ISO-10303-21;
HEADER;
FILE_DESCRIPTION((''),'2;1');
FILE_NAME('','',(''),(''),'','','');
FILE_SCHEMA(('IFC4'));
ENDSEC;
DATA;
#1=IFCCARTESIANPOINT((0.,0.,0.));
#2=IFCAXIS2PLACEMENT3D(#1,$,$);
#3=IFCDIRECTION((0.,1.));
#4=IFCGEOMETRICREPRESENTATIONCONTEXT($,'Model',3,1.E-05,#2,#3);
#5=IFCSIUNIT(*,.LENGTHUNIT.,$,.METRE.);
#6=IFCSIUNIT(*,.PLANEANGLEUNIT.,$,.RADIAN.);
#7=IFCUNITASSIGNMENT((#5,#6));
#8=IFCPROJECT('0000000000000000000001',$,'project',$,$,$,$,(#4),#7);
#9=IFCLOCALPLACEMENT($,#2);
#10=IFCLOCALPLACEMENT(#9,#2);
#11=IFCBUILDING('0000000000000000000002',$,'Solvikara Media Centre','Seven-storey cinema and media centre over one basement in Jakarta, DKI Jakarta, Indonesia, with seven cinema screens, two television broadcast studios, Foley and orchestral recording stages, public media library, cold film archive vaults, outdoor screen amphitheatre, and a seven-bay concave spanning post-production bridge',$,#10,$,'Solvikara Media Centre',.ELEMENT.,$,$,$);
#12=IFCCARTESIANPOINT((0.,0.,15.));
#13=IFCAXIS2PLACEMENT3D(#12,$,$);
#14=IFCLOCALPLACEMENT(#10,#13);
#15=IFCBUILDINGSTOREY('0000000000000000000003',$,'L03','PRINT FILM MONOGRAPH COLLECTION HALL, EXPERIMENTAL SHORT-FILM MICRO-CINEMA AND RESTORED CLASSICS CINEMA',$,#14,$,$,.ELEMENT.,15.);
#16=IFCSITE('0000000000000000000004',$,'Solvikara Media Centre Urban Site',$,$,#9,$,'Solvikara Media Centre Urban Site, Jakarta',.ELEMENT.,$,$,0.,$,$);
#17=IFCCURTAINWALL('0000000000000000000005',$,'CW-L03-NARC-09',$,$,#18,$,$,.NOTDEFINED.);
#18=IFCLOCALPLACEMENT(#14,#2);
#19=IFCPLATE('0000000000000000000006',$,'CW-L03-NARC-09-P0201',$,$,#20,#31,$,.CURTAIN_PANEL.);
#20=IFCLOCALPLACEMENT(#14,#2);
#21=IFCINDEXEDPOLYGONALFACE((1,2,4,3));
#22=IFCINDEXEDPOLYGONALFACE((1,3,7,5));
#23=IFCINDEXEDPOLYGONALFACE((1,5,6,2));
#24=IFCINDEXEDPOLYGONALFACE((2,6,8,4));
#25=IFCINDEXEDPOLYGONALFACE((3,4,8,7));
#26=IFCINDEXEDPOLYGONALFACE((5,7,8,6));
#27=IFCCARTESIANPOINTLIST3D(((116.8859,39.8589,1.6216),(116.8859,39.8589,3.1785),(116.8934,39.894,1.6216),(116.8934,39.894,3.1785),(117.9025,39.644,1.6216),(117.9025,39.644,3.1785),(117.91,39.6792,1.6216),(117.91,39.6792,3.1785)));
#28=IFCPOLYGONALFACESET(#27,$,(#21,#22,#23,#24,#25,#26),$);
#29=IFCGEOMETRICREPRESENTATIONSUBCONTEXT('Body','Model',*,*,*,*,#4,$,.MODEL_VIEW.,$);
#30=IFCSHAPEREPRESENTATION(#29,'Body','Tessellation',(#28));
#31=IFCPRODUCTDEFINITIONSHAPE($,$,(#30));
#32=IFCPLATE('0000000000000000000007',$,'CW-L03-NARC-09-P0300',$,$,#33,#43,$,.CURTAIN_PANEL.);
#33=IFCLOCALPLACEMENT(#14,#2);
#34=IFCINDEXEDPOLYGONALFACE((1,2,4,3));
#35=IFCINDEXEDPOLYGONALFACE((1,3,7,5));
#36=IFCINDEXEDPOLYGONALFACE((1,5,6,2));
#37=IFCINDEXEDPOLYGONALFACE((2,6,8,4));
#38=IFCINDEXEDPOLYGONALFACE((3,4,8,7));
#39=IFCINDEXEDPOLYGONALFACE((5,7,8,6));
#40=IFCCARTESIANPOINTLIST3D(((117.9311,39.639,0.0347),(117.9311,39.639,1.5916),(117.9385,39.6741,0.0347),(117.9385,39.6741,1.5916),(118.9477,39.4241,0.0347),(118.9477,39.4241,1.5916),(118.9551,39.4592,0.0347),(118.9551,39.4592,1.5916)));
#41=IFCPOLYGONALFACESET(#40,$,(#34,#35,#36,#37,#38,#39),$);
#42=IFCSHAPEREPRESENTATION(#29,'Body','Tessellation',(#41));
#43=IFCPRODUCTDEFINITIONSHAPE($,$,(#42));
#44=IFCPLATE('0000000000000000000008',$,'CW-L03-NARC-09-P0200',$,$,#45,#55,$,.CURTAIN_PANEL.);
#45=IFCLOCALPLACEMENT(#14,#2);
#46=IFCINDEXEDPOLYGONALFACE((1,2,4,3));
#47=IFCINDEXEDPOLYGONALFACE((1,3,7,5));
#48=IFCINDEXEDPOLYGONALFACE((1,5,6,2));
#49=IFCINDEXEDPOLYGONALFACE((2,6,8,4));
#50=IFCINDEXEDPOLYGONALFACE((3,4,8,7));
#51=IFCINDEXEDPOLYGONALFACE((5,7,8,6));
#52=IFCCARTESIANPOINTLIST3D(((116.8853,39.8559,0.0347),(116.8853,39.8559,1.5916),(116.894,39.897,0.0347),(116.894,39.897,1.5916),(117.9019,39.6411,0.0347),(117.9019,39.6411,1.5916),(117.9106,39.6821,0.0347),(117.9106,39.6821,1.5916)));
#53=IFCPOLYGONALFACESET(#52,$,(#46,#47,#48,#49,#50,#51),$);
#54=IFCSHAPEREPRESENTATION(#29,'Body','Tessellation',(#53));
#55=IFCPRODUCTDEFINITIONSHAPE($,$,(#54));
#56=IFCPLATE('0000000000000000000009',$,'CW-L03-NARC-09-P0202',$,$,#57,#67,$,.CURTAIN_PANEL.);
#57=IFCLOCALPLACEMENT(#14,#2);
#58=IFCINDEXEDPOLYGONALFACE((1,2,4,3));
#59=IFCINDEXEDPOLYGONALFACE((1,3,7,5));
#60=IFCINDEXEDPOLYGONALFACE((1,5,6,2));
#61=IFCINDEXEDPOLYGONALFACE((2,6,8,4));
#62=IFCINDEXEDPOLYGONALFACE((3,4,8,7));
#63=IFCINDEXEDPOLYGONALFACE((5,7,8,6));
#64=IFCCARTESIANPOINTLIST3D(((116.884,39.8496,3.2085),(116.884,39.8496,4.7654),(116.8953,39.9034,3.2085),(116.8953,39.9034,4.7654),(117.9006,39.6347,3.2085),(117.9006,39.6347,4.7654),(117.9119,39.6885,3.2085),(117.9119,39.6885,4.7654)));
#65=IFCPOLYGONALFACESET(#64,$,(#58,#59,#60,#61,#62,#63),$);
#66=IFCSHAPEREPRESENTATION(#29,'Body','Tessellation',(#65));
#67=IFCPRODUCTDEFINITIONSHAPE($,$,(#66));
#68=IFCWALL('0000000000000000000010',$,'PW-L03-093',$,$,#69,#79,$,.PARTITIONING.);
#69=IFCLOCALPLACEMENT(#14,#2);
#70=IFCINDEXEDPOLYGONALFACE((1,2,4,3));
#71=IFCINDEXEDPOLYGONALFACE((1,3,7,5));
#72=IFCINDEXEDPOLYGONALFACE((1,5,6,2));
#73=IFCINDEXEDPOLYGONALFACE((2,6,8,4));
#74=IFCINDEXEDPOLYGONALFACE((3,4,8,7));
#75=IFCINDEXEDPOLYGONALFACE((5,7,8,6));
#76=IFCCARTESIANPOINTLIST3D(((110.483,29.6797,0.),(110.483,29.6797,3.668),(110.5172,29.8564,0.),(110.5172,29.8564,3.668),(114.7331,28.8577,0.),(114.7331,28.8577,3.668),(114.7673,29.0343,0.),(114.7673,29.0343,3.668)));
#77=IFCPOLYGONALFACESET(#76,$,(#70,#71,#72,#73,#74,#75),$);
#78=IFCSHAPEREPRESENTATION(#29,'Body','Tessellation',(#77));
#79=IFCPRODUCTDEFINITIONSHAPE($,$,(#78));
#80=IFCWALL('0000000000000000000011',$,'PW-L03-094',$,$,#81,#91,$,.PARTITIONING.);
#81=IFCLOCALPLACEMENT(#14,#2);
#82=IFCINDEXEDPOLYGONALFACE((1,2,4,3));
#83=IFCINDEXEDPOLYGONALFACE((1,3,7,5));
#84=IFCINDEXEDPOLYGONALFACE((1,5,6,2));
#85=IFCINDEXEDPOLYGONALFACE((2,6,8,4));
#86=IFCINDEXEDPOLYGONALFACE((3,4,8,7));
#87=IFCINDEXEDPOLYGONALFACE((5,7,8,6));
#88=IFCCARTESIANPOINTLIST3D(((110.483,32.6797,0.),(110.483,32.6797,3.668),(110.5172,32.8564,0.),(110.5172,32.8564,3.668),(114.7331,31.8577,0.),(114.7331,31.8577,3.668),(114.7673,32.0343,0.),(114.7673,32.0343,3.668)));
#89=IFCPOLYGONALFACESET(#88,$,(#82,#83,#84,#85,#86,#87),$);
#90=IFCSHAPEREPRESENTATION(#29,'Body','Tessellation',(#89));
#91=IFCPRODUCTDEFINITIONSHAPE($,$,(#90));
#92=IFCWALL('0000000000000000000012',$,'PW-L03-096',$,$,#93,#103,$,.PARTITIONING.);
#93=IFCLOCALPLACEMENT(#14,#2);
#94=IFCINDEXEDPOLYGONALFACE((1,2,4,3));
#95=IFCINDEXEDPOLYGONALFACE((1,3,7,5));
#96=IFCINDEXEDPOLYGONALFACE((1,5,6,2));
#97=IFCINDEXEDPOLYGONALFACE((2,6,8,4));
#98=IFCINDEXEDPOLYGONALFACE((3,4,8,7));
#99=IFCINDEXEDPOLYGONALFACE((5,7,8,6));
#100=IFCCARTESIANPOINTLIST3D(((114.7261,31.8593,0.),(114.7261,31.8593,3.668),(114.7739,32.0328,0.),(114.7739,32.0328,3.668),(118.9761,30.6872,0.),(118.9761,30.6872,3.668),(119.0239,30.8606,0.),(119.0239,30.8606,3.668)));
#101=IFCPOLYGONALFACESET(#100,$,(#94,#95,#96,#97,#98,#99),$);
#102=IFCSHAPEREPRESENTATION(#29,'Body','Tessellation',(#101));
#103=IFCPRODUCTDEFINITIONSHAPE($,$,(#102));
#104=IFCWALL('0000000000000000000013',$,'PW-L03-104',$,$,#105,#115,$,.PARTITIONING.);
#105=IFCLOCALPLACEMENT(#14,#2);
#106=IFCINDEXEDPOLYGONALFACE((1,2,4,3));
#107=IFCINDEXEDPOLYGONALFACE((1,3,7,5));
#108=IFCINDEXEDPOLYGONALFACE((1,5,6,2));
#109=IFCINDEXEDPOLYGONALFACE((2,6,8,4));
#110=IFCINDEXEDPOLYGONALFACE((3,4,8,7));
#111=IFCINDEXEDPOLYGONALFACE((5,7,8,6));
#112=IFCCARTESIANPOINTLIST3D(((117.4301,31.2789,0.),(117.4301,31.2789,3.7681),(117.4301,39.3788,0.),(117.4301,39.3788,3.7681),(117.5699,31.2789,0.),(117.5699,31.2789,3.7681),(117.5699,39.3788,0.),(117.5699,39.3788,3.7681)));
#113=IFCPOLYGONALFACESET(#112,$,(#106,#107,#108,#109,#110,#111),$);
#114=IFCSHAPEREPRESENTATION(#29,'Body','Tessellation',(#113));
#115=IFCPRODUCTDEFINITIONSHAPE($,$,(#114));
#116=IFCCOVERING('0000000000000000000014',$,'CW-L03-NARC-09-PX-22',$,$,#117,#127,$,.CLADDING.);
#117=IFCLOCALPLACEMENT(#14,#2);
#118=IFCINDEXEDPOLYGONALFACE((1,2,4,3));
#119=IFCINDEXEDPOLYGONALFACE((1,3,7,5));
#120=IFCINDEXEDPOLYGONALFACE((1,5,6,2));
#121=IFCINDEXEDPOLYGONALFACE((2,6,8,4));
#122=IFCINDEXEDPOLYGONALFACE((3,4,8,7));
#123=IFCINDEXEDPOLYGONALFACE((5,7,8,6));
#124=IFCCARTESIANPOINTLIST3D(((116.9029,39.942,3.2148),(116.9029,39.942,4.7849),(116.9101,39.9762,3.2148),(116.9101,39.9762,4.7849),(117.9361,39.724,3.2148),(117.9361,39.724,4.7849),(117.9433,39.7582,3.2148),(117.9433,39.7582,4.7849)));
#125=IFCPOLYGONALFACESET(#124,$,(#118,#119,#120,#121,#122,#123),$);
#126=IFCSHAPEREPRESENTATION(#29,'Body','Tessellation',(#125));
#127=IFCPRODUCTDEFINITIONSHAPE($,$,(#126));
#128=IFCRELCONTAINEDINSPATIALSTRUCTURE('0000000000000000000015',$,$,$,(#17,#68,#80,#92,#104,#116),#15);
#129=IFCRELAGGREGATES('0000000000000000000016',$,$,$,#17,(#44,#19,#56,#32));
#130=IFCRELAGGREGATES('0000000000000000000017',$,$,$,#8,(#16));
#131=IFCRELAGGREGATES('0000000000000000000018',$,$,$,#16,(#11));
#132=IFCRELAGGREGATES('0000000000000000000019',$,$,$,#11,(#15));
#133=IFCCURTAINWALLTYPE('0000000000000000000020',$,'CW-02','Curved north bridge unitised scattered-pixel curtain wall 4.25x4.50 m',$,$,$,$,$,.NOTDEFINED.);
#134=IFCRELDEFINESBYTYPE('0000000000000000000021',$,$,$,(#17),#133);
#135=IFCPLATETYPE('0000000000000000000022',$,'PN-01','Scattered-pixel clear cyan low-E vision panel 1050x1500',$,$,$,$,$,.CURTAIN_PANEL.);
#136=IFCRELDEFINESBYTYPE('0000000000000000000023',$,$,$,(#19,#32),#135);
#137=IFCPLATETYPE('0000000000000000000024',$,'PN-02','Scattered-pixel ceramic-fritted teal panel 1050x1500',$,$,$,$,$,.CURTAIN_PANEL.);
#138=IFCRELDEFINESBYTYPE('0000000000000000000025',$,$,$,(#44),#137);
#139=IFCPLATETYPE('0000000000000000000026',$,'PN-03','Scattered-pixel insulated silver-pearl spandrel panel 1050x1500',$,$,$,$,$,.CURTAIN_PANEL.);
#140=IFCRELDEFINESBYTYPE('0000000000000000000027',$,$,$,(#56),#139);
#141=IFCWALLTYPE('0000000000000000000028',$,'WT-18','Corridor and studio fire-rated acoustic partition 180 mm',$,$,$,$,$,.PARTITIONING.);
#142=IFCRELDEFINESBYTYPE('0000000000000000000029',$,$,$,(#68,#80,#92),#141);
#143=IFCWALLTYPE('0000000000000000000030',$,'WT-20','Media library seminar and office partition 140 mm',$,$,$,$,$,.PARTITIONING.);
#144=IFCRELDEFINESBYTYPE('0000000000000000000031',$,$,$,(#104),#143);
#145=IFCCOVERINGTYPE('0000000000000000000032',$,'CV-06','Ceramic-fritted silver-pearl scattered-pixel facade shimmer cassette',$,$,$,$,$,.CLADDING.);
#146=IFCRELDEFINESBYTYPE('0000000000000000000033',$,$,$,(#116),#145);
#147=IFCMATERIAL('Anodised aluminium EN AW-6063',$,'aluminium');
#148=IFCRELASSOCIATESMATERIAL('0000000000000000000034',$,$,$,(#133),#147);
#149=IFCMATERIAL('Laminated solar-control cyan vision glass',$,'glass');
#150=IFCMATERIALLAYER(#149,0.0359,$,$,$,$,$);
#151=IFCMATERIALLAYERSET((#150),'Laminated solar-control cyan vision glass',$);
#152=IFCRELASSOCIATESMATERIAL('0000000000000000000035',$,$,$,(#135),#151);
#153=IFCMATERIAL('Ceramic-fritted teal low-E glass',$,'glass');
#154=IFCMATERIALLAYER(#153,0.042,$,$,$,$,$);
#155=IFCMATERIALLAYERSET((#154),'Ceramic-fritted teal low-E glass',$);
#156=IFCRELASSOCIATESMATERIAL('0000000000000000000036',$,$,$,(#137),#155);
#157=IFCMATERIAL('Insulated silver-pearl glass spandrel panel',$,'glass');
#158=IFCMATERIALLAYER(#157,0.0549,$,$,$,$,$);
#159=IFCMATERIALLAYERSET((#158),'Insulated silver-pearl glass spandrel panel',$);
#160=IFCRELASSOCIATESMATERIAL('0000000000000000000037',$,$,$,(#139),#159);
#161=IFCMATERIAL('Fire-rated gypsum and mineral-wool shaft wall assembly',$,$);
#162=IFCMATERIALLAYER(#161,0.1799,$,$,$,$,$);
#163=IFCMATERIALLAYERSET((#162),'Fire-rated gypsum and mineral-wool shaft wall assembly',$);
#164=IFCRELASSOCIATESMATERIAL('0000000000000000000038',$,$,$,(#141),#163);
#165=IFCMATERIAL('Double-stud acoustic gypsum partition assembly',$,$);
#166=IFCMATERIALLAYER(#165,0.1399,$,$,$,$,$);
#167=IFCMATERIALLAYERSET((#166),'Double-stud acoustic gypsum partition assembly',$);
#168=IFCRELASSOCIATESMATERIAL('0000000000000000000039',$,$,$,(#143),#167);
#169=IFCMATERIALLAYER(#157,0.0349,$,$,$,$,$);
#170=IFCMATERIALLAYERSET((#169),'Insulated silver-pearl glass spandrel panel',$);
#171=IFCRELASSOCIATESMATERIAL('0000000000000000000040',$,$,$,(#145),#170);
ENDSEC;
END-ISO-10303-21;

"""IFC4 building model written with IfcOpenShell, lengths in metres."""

from ifc_helpers import new_model, si_unit, direction, frame, frame_2d, origin, origin_2d, place, context, subcontext, project, spatial, rectangle, extrude, material, layer, layer_set, type_object, element, aggregate, save


model = new_model("IFC4")

# Units and contexts
model_context = context("Model", 3, precision=1e-05, world=origin(), true_north=direction((0.0, 1.0)))
body_context = subcontext(model_context, "Body", "Model", "MODEL_VIEW")
ifc_project = project(units=[si_unit("LENGTHUNIT", "METRE"), si_unit("PLANEANGLEUNIT", "RADIAN")], contexts=[model_context])

# Site, building, storey
site_placement = place(None, origin())
site = spatial("IfcSite", under=ifc_project, at=site_placement, Name="Solvikara Media Centre Urban Site", LongName="Solvikara Media Centre Urban Site, Jakarta", CompositionType="ELEMENT", RefElevation=0.0)
building_placement = place(site_placement, origin())
building = spatial("IfcBuilding", under=site, at=building_placement, Name="Solvikara Media Centre", Description="Seven-storey cinema and media centre over one basement in Jakarta, DKI Jakarta, Indonesia, with seven cinema screens, two television broadcast studios, Foley and orchestral recording stages, public media library, cold film archive vaults, outdoor screen amphitheatre, and a seven-bay concave spanning post-production bridge", LongName="Solvikara Media Centre", CompositionType="ELEMENT")
storey_placement = place(building_placement, frame((0.0, 0.0, 15.0)))
storey = spatial("IfcBuildingStorey", under=building, at=storey_placement, Name="L03", Description="PRINT FILM MONOGRAPH COLLECTION HALL, EXPERIMENTAL SHORT-FILM MICRO-CINEMA AND RESTORED CLASSICS CINEMA", CompositionType="ELEMENT", Elevation=15.0)

# Curtain wall
ifc_material_1 = material(Name="Anodised aluminium EN AW-6063", Category="aluminium")
curtain_wall_type = type_object("IfcCurtainWallType", Name="CW-02", Description="Curved north bridge unitised scattered-pixel curtain wall 4.25x4.50 m", PredefinedType="NOTDEFINED", material=ifc_material_1)
curtain_wall_placement = place(storey_placement, origin())
curtain_wall = element("IfcCurtainWall", 1, at=curtain_wall_placement, inside=storey, type_object=curtain_wall_type, Name="CW-L03-NARC-09", PredefinedType="NOTDEFINED")

# Plates
ifc_material_2 = material(Name="Laminated solar-control cyan vision glass", Category="glass")
ifc_layer_1 = layer(ifc_material_2, 0.0359)
ifc_layer_set_1 = layer_set([ifc_layer_1], Name="Laminated solar-control cyan vision glass")
plate_type_1 = type_object("IfcPlateType", Name="PN-01", Description="Scattered-pixel clear cyan low-E vision panel 1050x1500", PredefinedType="CURTAIN_PANEL", material=ifc_layer_set_1)
plate_1_placement = place(storey_placement, frame((117.3979, 39.769, 1.6216), z_axis=(0.0, 0.0, 1.0), x_axis=(0.978379, -0.206819, 0.0)))
plate_1 = element("IfcPlate", 2, at=plate_1_placement, type_object=plate_type_1, Name="CW-L03-NARC-09-P0201", PredefinedType="CURTAIN_PANEL", context=body_context, shape_type="SweptSolid", body=[
    extrude(rectangle(XDim=1.0391, YDim=0.0359, at=origin_2d()), origin(), (0.0, 0.0, 1.0), 1.5569),
])
plate_2_placement = place(storey_placement, frame((118.4431, 39.5491, 0.0347), z_axis=(0.0, 0.0, 1.0), x_axis=(0.978379, -0.206819, 0.0)))
plate_2 = element("IfcPlate", 3, at=plate_2_placement, type_object=plate_type_1, Name="CW-L03-NARC-09-P0300", PredefinedType="CURTAIN_PANEL", context=body_context, shape_type="SweptSolid", body=[
    extrude(rectangle(XDim=1.0391, YDim=0.0359, at=origin_2d()), origin(), (0.0, 0.0, 1.0), 1.5569),
])
ifc_material_3 = material(Name="Ceramic-fritted teal low-E glass", Category="glass")
ifc_layer_2 = layer(ifc_material_3, 0.042)
ifc_layer_set_2 = layer_set([ifc_layer_2], Name="Ceramic-fritted teal low-E glass")
plate_type_2 = type_object("IfcPlateType", Name="PN-02", Description="Scattered-pixel ceramic-fritted teal panel 1050x1500", PredefinedType="CURTAIN_PANEL", material=ifc_layer_set_2)
plate_3_placement = place(storey_placement, frame((117.3979, 39.769, 0.0347), z_axis=(0.0, 0.0, 1.0), x_axis=(0.978379, -0.206819, 0.0)))
plate_3 = element("IfcPlate", 4, at=plate_3_placement, type_object=plate_type_2, Name="CW-L03-NARC-09-P0200", PredefinedType="CURTAIN_PANEL", context=body_context, shape_type="SweptSolid", body=[
    extrude(rectangle(XDim=1.0391, YDim=0.042, at=origin_2d()), origin(), (0.0, 0.0, 1.0), 1.5569),
])
ifc_material_4 = material(Name="Insulated silver-pearl glass spandrel panel", Category="glass")
ifc_layer_3 = layer(ifc_material_4, 0.0549)
ifc_layer_set_3 = layer_set([ifc_layer_3], Name="Insulated silver-pearl glass spandrel panel")
plate_type_3 = type_object("IfcPlateType", Name="PN-03", Description="Scattered-pixel insulated silver-pearl spandrel panel 1050x1500", PredefinedType="CURTAIN_PANEL", material=ifc_layer_set_3)
plate_4_placement = place(storey_placement, frame((117.3979, 39.769, 3.2085), z_axis=(0.0, 0.0, 1.0), x_axis=(0.978379, -0.206819, 0.0)))
plate_4 = element("IfcPlate", 5, at=plate_4_placement, type_object=plate_type_3, Name="CW-L03-NARC-09-P0202", PredefinedType="CURTAIN_PANEL", context=body_context, shape_type="SweptSolid", body=[
    extrude(rectangle(XDim=1.0391, YDim=0.0549, at=origin_2d()), origin(), (0.0, 0.0, 1.0), 1.5569),
])
aggregate(curtain_wall, [plate_3, plate_1, plate_4, plate_2])

# Walls
ifc_material_5 = material(Name="Fire-rated gypsum and mineral-wool shaft wall assembly")
ifc_layer_4 = layer(ifc_material_5, 0.1799)
ifc_layer_set_4 = layer_set([ifc_layer_4], Name="Fire-rated gypsum and mineral-wool shaft wall assembly")
wall_type_1 = type_object("IfcWallType", Name="WT-18", Description="Corridor and studio fire-rated acoustic partition 180 mm", PredefinedType="PARTITIONING", material=ifc_layer_set_4)
for number, where, z_axis, x_axis, name in (
    (6, (110.5, 29.7681, 0.0), (0.0, 0.0, 1.0), (0.981804, -0.189897, 0.0), "PW-L03-093"),
    (7, (110.5, 32.7681, 0.0), (0.0, 0.0, 1.0), (0.981804, -0.189897, 0.0), "PW-L03-094"),
):
    element("IfcWall", number, at=place(storey_placement, frame(where, z_axis=z_axis, x_axis=x_axis)), inside=storey, type_object=wall_type_1, Name=name, PredefinedType="PARTITIONING", context=body_context, shape_type="SweptSolid", body=[
        extrude(rectangle(XDim=4.3289, YDim=0.1799, at=frame_2d((2.1646, 0.0))), origin(), (0.0, 0.0, 1.0), 3.668),
    ])

# Walls
wall_1_placement = place(storey_placement, frame((114.75, 31.946, 0.0), z_axis=(0.0, 0.0, 1.0), x_axis=(0.96401, -0.265867, 0.0)))
element("IfcWall", 8, at=wall_1_placement, inside=storey, type_object=wall_type_1, Name="PW-L03-096", PredefinedType="PARTITIONING", context=body_context, shape_type="SweptSolid", body=[
    extrude(rectangle(XDim=4.4087, YDim=0.1799, at=frame_2d((2.2043, 0.0))), origin(), (0.0, 0.0, 1.0), 3.668),
])
ifc_material_6 = material(Name="Double-stud acoustic gypsum partition assembly")
ifc_layer_5 = layer(ifc_material_6, 0.1399)
ifc_layer_set_5 = layer_set([ifc_layer_5], Name="Double-stud acoustic gypsum partition assembly")
wall_type_2 = type_object("IfcWallType", Name="WT-20", Description="Media library seminar and office partition 140 mm", PredefinedType="PARTITIONING", material=ifc_layer_set_5)
wall_2_placement = place(storey_placement, frame((117.5, 31.2791, 0.0), z_axis=(0.0, 0.0, 1.0), x_axis=(0.0, 1.0, 0.0)))
element("IfcWall", 9, at=wall_2_placement, inside=storey, type_object=wall_type_2, Name="PW-L03-104", PredefinedType="PARTITIONING", context=body_context, shape_type="SweptSolid", body=[
    extrude(rectangle(XDim=8.0999, YDim=0.1399, at=frame_2d((4.0498, 0.0))), origin(), (0.0, 0.0, 1.0), 3.7681),
])

# Covering
ifc_layer_6 = layer(ifc_material_4, 0.0349)
ifc_layer_set_6 = layer_set([ifc_layer_6], Name="Insulated silver-pearl glass spandrel panel")
covering_type = type_object("IfcCoveringType", Name="CV-06", Description="Ceramic-fritted silver-pearl scattered-pixel facade shimmer cassette", PredefinedType="CLADDING", material=ifc_layer_set_6)
covering_placement = place(storey_placement, frame((117.4231, 39.8501, 3.2148), z_axis=(0.0, 0.0, 1.0), x_axis=(0.978448, -0.206495, 0.0)))
element("IfcCovering", 10, at=covering_placement, inside=storey, type_object=covering_type, Name="CW-L03-NARC-09-PX-22", PredefinedType="CLADDING", context=body_context, shape_type="SweptSolid", body=[
    extrude(rectangle(XDim=1.0559, YDim=0.0349, at=origin_2d()), origin(), (0.0, 0.0, 1.0), 1.5701),
])

save(model, "model.ifc")
